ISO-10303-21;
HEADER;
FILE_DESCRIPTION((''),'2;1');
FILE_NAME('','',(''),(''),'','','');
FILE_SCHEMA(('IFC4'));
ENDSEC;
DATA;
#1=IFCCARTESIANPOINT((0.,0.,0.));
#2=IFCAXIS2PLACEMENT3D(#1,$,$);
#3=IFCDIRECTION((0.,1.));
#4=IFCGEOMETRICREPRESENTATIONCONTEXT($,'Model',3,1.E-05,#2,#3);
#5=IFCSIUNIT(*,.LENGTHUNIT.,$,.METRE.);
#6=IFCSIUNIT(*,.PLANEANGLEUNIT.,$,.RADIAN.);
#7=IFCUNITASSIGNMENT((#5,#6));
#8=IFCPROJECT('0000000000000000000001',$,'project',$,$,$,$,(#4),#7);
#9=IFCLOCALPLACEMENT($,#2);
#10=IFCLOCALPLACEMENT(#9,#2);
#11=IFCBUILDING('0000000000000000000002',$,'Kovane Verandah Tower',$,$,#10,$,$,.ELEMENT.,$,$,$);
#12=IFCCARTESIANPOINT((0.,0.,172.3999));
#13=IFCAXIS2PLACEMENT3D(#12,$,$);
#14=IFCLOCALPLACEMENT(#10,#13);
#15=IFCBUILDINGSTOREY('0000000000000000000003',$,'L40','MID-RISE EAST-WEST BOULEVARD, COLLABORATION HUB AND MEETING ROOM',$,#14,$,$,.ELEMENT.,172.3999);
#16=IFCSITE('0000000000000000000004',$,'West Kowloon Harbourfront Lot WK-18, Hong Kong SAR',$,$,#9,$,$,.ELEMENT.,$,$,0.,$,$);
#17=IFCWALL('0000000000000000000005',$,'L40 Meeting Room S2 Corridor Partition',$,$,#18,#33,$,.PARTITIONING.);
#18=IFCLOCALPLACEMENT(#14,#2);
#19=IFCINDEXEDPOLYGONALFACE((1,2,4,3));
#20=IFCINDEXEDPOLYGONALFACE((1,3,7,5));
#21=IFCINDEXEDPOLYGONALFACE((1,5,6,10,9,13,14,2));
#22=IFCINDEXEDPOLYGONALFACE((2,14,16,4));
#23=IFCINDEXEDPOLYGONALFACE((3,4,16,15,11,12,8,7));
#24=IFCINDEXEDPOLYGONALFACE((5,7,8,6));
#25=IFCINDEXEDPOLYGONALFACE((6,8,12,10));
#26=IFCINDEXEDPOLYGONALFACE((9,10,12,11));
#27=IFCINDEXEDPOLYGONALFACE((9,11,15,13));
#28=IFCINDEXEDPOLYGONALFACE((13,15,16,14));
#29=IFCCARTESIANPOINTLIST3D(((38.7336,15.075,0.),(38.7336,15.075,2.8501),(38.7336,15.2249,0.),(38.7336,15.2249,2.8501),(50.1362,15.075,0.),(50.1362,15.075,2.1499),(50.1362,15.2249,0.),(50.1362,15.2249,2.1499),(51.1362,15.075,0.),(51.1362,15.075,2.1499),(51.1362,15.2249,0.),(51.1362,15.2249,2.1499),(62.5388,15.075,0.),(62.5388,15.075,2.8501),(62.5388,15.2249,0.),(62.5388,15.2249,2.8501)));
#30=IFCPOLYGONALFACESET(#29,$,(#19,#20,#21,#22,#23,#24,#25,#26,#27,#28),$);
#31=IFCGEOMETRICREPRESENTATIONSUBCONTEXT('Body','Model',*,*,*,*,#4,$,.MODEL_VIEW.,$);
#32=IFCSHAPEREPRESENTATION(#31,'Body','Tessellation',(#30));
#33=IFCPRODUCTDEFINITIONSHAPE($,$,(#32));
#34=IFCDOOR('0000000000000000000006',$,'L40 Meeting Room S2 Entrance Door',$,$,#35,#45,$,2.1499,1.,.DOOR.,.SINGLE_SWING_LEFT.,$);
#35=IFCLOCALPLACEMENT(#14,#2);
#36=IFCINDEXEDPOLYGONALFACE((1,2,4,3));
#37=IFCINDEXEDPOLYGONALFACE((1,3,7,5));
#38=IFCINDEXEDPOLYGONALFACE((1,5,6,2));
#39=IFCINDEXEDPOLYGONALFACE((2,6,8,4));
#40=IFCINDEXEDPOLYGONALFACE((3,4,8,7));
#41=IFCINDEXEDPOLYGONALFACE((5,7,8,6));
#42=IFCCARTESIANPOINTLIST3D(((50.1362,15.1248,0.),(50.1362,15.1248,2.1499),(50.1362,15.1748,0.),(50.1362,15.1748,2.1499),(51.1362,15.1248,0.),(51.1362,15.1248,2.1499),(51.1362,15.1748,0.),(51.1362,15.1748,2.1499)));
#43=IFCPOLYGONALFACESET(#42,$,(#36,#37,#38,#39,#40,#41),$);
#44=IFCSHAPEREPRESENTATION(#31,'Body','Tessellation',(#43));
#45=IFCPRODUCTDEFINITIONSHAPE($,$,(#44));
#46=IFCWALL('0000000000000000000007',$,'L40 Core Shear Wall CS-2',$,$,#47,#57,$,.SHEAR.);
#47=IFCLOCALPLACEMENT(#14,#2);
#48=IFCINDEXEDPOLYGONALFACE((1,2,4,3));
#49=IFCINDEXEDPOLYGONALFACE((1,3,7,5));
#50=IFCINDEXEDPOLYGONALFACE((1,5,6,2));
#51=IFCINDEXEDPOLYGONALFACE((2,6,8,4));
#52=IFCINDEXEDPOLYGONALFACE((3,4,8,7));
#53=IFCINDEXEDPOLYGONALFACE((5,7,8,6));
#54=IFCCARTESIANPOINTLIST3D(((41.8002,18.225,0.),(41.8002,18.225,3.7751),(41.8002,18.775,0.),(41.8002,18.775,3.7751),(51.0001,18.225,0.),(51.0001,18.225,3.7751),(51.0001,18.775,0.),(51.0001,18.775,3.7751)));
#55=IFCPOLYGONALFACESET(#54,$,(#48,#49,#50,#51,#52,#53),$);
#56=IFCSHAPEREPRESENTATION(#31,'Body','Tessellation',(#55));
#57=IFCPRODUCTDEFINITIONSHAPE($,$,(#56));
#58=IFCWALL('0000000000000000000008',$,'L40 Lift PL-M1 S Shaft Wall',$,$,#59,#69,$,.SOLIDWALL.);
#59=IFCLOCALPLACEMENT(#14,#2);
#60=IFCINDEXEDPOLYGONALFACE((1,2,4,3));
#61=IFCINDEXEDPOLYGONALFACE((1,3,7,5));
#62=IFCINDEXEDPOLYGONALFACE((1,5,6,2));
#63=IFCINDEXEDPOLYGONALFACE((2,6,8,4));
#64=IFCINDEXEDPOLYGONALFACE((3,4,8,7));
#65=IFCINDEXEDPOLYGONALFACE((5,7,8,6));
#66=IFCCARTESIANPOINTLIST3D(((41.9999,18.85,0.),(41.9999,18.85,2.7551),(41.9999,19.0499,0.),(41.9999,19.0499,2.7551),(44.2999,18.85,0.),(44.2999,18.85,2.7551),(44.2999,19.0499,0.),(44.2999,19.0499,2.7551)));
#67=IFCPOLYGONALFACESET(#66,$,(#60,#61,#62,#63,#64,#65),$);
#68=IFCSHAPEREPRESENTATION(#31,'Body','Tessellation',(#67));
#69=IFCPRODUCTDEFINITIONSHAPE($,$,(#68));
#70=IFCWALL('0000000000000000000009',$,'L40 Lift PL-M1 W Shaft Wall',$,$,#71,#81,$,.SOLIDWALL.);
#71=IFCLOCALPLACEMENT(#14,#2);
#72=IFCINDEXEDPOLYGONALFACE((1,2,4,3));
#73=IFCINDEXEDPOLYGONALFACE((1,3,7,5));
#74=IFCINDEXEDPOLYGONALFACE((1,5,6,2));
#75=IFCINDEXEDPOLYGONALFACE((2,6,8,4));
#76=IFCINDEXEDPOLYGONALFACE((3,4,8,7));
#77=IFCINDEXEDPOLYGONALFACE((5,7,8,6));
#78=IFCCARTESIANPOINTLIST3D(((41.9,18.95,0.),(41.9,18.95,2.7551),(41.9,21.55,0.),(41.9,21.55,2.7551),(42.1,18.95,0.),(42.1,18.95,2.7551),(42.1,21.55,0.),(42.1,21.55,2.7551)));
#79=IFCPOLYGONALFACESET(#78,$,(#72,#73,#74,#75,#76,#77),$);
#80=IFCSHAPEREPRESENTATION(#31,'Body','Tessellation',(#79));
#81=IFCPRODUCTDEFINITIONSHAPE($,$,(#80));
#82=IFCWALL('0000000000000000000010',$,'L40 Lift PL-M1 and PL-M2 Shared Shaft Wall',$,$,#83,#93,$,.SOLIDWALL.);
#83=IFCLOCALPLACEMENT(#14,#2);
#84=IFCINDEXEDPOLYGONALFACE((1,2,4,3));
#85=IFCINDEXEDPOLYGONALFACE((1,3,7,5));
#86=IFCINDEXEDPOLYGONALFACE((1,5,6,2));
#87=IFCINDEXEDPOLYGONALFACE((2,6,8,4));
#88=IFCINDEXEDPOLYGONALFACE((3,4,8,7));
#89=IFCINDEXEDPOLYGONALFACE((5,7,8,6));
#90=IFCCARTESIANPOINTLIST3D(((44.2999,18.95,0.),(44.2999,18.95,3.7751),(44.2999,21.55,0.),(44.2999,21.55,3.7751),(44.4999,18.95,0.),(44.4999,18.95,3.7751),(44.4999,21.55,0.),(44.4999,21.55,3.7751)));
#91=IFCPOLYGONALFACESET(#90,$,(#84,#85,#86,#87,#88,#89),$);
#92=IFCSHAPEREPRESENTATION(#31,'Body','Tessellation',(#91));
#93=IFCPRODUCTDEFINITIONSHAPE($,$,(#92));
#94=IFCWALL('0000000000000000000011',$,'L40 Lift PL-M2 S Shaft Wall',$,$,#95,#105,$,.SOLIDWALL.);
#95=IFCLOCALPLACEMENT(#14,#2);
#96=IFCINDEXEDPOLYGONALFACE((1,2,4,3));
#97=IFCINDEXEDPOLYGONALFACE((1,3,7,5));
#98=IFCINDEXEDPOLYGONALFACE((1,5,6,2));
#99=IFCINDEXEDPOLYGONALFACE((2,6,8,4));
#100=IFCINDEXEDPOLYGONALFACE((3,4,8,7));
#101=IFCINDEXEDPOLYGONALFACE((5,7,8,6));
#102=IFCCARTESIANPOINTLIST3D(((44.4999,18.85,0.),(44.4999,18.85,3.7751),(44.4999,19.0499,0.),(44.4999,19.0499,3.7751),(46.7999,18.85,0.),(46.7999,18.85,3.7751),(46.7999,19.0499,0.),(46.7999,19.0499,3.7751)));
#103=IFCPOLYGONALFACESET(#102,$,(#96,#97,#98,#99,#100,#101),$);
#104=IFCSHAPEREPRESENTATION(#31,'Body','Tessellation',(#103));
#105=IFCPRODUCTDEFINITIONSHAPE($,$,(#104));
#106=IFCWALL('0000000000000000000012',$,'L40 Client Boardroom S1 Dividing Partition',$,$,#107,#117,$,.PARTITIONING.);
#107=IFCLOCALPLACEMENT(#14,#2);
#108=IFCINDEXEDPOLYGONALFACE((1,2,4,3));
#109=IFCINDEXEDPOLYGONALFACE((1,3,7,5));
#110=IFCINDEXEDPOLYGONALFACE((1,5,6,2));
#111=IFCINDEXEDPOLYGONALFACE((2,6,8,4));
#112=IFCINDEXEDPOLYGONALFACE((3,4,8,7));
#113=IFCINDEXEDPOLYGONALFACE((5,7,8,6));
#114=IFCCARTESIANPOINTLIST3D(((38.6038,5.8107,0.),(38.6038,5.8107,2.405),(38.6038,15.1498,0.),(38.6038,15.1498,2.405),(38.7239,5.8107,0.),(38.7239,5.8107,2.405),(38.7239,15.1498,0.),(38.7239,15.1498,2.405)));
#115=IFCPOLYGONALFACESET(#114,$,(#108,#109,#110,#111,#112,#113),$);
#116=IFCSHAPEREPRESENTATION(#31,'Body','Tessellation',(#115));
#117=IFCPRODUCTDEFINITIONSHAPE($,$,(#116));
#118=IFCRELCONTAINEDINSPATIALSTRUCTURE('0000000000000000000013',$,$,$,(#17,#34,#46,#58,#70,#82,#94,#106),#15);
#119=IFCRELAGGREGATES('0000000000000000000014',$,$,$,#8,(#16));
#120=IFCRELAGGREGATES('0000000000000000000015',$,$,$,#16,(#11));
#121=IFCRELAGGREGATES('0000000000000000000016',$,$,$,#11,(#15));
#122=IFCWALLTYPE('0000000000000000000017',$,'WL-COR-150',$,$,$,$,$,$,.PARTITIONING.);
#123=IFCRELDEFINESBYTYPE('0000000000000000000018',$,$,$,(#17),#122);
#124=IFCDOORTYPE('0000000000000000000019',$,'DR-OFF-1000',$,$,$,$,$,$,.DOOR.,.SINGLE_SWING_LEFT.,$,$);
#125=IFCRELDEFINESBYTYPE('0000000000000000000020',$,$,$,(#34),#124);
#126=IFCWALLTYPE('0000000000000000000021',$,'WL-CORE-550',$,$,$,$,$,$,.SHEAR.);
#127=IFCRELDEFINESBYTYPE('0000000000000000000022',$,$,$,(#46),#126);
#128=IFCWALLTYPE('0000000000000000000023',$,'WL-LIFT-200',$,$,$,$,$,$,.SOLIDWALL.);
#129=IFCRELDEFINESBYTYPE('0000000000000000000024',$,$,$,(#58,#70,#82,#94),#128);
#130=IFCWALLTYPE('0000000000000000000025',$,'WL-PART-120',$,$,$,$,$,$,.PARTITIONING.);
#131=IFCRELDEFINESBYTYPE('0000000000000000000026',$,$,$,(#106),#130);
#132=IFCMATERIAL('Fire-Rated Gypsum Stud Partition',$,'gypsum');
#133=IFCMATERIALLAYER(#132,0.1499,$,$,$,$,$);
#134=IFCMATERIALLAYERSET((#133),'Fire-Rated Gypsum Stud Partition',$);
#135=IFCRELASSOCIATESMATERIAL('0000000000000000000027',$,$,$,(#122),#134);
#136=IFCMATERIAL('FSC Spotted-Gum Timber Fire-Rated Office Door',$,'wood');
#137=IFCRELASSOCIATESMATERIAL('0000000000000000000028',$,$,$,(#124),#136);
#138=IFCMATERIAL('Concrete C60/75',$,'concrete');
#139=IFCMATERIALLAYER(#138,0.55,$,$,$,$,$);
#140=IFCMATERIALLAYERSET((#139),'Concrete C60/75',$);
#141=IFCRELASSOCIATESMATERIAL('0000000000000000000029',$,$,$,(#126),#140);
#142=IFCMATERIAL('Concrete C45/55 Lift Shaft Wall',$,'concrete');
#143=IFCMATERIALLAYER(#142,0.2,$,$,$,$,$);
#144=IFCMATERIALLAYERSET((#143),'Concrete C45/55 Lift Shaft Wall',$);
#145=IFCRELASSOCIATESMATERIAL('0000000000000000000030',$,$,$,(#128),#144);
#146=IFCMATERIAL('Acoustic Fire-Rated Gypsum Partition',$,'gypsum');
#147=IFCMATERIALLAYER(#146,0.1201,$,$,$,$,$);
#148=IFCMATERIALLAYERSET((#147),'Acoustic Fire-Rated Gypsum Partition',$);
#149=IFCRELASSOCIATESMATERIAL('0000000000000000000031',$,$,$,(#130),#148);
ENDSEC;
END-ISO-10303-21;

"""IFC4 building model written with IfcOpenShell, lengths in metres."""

from ifc_helpers import new_model, si_unit, direction, frame, frame_2d, origin, place, context, subcontext, project, spatial, rectangle, extrude, material, layer, layer_set, type_object, element, fill, save


model = new_model("IFC4")

# Units and contexts
model_context = context("Model", 3, precision=1e-05, world=origin(), true_north=direction((0.0, 1.0)))
body_context = subcontext(model_context, "Body", "Model", "MODEL_VIEW")
ifc_project = project(units=[si_unit("LENGTHUNIT", "METRE"), si_unit("PLANEANGLEUNIT", "RADIAN")], contexts=[model_context])

# Site, building, storey
site_placement = place(None, origin())
site = spatial("IfcSite", under=ifc_project, at=site_placement, Name="West Kowloon Harbourfront Lot WK-18, Hong Kong SAR", CompositionType="ELEMENT", RefElevation=0.0)
building_placement = place(site_placement, origin())
building = spatial("IfcBuilding", under=site, at=building_placement, Name="Kovane Verandah Tower", CompositionType="ELEMENT")
storey_placement = place(building_placement, frame((0.0, 0.0, 172.3999)))
storey = spatial("IfcBuildingStorey", under=building, at=storey_placement, Name="L40", Description="MID-RISE EAST-WEST BOULEVARD, COLLABORATION HUB AND MEETING ROOM", CompositionType="ELEMENT", Elevation=172.3999)

# Shared definitions
ifc_material_1 = material(Name="Concrete C60/75", Category="concrete")

# Shared definitions
ifc_material_2 = material(Name="Fire-Rated Gypsum Stud Partition", Category="gypsum")
ifc_layer_1 = layer(ifc_material_2, 0.1499)
ifc_layer_set_1 = layer_set([ifc_layer_1], Name="Fire-Rated Gypsum Stud Partition")
wall_type_1 = type_object("IfcWallType", Name="WL-COR-150", PredefinedType="PARTITIONING", material=ifc_layer_set_1)

# Wall, opening, door
ifc_material_3 = material(Name="FSC Spotted-Gum Timber Fire-Rated Office Door", Category="wood")
door_type_1 = type_object("IfcDoorType", Name="DR-OFF-1000", OperationType="SINGLE_SWING_LEFT", PredefinedType="DOOR", material=ifc_material_3)
wall_1_placement = place(storey_placement, frame((38.7336, 15.1499, 0.0), z_axis=(0.0, 0.0, 1.0), x_axis=(1.0, 0.0, 0.0)))
wall_1 = element("IfcWall", 1, at=wall_1_placement, inside=storey, type_object=wall_type_1, Name="L40 Meeting Room S2 Corridor Partition", PredefinedType="PARTITIONING", context=body_context, shape_type="SweptSolid", body=[
    extrude(rectangle(XDim=23.8052, YDim=0.1499, at=frame_2d((11.9026, 0.0))), origin(), (0.0, 0.0, 1.0), 2.8501),
])
opening_1_placement = place(wall_1_placement, frame((11.4026, 0.0, 0.0)))
opening_1 = element("IfcOpeningElement", 2, at=opening_1_placement, cuts=wall_1, PredefinedType="OPENING", context=body_context, shape_type="SweptSolid", body=[
    extrude(rectangle(XDim=1.0, YDim=2.1499, at=frame_2d((0.5, 1.075))), frame((0.0, 0.075, 0.0), z_axis=(0.0, -1.0, 0.0), x_axis=(1.0, 0.0, 0.0)), (0.0, 0.0, 1.0), 0.1499),
])
door_1_placement = place(opening_1_placement, origin())
door_1 = element("IfcDoor", 3, at=door_1_placement, inside=storey, type_object=door_type_1, Name="L40 Meeting Room S2 Entrance Door", OperationType="SINGLE_SWING_LEFT", OverallHeight=2.1499, OverallWidth=1.0, PredefinedType="DOOR", context=body_context, shape_type="SweptSolid", body=[
    extrude(rectangle(XDim=1.0, YDim=2.1499, at=frame_2d((0.5, 1.075))), frame((0.0, 0.0249, 0.0), z_axis=(0.0, -1.0, 0.0), x_axis=(1.0, 0.0, 0.0)), (0.0, 0.0, 1.0), 0.05),
])
fill(opening_1, door_1)

# Walls
ifc_layer_2 = layer(ifc_material_1, 0.55)
ifc_layer_set_2 = layer_set([ifc_layer_2], Name="Concrete C60/75")
wall_type_2 = type_object("IfcWallType", Name="WL-CORE-550", PredefinedType="SHEAR", material=ifc_layer_set_2)
wall_2_placement = place(storey_placement, frame((41.8, 18.5, 0.0), z_axis=(0.0, 0.0, 1.0), x_axis=(1.0, 0.0, 0.0)))
element("IfcWall", 4, at=wall_2_placement, inside=storey, type_object=wall_type_2, Name="L40 Core Shear Wall CS-2", PredefinedType="SHEAR", context=body_context, shape_type="SweptSolid", body=[
    extrude(rectangle(XDim=9.2, YDim=0.55, at=frame_2d((4.6001, 0.0))), origin(), (0.0, 0.0, 1.0), 3.7751),
])
ifc_material_4 = material(Name="Concrete C45/55 Lift Shaft Wall", Category="concrete")
ifc_layer_3 = layer(ifc_material_4, 0.2)
ifc_layer_set_3 = layer_set([ifc_layer_3], Name="Concrete C45/55 Lift Shaft Wall")
wall_type_3 = type_object("IfcWallType", Name="WL-LIFT-200", PredefinedType="SOLIDWALL", material=ifc_layer_set_3)
wall_3_placement = place(storey_placement, frame((42.0, 18.95, 0.0), z_axis=(0.0, 0.0, 1.0), x_axis=(1.0, 0.0, 0.0)))
element("IfcWall", 5, at=wall_3_placement, inside=storey, type_object=wall_type_3, Name="L40 Lift PL-M1 S Shaft Wall", PredefinedType="SOLIDWALL", context=body_context, shape_type="SweptSolid", body=[
    extrude(rectangle(XDim=2.3, YDim=0.2, at=frame_2d((1.1499, 0.0))), origin(), (0.0, 0.0, 1.0), 2.7551),
])

# Walls
wall_4_placement = place(storey_placement, frame((42.0, 21.55, 0.0), z_axis=(0.0, 0.0, 1.0), x_axis=(0.0, -1.0, 0.0)))
element("IfcWall", 6, at=wall_4_placement, inside=storey, type_object=wall_type_3, Name="L40 Lift PL-M1 W Shaft Wall", PredefinedType="SOLIDWALL", context=body_context, shape_type="SweptSolid", body=[
    extrude(rectangle(XDim=2.6001, YDim=0.2, at=frame_2d((1.3, 0.0))), origin(), (0.0, 0.0, 1.0), 2.7551),
])
wall_5_placement = place(storey_placement, frame((44.3999, 18.95, 0.0), z_axis=(0.0, 0.0, 1.0), x_axis=(0.0, 1.0, 0.0)))
element("IfcWall", 7, at=wall_5_placement, inside=storey, type_object=wall_type_3, Name="L40 Lift PL-M1 and PL-M2 Shared Shaft Wall", PredefinedType="SOLIDWALL", context=body_context, shape_type="SweptSolid", body=[
    extrude(rectangle(XDim=2.6001, YDim=0.2, at=frame_2d((1.3, 0.0))), origin(), (0.0, 0.0, 1.0), 3.7751),
])
wall_6_placement = place(storey_placement, frame((44.5, 18.95, 0.0), z_axis=(0.0, 0.0, 1.0), x_axis=(1.0, 0.0, 0.0)))
element("IfcWall", 8, at=wall_6_placement, inside=storey, type_object=wall_type_3, Name="L40 Lift PL-M2 S Shaft Wall", PredefinedType="SOLIDWALL", context=body_context, shape_type="SweptSolid", body=[
    extrude(rectangle(XDim=2.3, YDim=0.2, at=frame_2d((1.1499, 0.0))), origin(), (0.0, 0.0, 1.0), 3.7751),
])
ifc_material_5 = material(Name="Acoustic Fire-Rated Gypsum Partition", Category="gypsum")
ifc_layer_4 = layer(ifc_material_5, 0.1201)
ifc_layer_set_4 = layer_set([ifc_layer_4], Name="Acoustic Fire-Rated Gypsum Partition")
wall_type_4 = type_object("IfcWallType", Name="WL-PART-120", PredefinedType="PARTITIONING", material=ifc_layer_set_4)
wall_7_placement = place(storey_placement, frame((38.6638, 5.8108, 0.0), z_axis=(0.0, 0.0, 1.0), x_axis=(0.0, 1.0, 0.0)))
element("IfcWall", 9, at=wall_7_placement, inside=storey, type_object=wall_type_4, Name="L40 Client Boardroom S1 Dividing Partition", PredefinedType="PARTITIONING", context=body_context, shape_type="SweptSolid", body=[
    extrude(rectangle(XDim=9.3391, YDim=0.1201, at=frame_2d((4.6694, 0.0))), origin(), (0.0, 0.0, 1.0), 2.405),
])

save(model, "model.ifc")
